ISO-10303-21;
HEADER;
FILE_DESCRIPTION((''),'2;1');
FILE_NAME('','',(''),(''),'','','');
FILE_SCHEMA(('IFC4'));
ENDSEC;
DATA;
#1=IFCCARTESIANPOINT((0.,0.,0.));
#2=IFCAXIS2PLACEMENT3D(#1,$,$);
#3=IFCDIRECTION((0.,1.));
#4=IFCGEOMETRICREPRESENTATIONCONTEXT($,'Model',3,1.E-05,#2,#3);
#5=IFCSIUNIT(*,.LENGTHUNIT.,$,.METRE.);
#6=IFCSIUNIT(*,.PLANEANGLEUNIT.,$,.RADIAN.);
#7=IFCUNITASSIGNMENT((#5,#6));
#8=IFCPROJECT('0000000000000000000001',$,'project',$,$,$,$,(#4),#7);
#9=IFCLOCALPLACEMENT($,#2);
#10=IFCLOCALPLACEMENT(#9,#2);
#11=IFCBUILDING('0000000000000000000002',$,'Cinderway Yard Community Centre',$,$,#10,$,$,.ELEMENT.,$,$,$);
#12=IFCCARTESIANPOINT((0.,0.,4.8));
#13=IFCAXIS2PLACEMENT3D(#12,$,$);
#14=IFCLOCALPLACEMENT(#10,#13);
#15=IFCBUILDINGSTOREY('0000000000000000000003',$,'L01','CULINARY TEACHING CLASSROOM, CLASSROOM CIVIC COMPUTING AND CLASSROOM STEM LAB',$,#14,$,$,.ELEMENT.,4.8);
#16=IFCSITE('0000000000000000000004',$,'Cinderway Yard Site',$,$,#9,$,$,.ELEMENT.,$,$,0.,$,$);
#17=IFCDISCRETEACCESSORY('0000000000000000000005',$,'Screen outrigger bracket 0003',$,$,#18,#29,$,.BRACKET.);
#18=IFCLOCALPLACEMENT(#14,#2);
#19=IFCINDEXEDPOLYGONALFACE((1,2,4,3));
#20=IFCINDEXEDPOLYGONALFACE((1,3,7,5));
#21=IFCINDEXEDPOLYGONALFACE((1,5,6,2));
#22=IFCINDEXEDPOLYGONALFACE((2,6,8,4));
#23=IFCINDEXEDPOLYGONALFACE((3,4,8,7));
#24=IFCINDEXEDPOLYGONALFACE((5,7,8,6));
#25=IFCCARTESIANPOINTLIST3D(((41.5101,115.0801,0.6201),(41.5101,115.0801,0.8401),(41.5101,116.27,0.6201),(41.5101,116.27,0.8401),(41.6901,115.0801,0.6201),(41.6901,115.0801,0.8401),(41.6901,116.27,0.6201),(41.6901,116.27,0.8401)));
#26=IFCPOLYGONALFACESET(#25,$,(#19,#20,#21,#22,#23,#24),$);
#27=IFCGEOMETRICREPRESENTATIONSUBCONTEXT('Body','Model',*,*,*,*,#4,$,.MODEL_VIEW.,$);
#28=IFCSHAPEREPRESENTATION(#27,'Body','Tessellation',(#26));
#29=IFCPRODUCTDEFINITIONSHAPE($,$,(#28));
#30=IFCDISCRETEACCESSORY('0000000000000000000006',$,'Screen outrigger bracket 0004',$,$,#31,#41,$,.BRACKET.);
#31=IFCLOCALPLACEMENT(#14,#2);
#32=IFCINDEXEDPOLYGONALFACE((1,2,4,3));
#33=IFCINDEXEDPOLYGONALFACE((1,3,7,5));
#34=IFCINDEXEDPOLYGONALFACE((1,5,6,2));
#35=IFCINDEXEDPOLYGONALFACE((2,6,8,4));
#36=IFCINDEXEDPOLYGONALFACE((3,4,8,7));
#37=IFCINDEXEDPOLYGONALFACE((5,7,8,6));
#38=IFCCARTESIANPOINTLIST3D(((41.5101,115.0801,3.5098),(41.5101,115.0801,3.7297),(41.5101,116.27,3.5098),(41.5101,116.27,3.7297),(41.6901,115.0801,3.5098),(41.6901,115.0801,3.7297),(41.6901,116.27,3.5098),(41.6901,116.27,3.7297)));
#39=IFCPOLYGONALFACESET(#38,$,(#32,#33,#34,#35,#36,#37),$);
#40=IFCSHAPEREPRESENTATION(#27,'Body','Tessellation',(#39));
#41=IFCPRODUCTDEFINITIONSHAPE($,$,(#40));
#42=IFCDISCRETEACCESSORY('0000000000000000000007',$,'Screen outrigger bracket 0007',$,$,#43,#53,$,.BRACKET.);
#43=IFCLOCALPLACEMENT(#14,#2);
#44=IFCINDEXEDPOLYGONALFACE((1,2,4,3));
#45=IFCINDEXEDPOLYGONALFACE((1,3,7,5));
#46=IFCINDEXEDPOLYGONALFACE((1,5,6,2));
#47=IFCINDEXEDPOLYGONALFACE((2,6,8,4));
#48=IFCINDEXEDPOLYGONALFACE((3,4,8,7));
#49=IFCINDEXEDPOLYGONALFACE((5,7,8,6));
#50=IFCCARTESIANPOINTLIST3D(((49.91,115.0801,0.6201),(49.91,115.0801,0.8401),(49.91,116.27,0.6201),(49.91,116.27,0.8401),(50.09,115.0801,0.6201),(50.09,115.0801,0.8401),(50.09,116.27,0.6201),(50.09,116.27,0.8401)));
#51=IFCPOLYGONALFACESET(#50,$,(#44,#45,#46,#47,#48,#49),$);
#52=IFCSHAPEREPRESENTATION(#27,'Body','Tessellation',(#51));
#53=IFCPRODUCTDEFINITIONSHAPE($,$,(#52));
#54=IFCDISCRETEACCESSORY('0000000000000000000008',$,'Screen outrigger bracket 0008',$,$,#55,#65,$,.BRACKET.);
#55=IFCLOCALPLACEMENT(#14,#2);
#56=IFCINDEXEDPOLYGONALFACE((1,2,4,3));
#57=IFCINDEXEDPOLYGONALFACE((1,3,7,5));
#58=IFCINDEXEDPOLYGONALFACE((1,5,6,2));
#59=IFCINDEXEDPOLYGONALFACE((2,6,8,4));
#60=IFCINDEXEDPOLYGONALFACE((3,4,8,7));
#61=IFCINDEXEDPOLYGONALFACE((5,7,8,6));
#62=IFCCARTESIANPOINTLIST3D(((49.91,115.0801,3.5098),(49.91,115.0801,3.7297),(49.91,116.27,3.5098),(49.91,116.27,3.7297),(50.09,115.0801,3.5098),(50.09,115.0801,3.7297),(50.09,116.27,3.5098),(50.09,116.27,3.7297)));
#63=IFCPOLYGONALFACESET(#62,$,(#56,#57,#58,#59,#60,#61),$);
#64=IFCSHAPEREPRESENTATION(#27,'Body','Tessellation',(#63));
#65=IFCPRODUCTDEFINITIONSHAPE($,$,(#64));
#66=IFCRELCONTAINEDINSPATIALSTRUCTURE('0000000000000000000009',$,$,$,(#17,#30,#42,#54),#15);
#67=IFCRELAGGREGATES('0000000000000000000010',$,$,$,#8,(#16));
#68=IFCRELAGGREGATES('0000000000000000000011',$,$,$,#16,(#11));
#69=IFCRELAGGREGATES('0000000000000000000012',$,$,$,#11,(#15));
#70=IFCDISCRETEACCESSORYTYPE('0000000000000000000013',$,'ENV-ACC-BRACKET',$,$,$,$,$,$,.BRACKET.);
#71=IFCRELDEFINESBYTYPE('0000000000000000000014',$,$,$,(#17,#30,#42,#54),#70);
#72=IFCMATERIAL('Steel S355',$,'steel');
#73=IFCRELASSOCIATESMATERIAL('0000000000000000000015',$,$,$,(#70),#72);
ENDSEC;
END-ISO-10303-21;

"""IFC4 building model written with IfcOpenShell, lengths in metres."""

from ifc_helpers import new_model, si_unit, direction, frame, origin, origin_2d, place, context, subcontext, project, spatial, rectangle, extrude, material, type_object, element, save


model = new_model("IFC4")

# Units and contexts
model_context = context("Model", 3, precision=1e-05, world=origin(), true_north=direction((0.0, 1.0)))
body_context = subcontext(model_context, "Body", "Model", "MODEL_VIEW")
ifc_project = project(units=[si_unit("LENGTHUNIT", "METRE"), si_unit("PLANEANGLEUNIT", "RADIAN")], contexts=[model_context])

# Site, building, storey
site_placement = place(None, origin())
site = spatial("IfcSite", under=ifc_project, at=site_placement, Name="Cinderway Yard Site", CompositionType="ELEMENT", RefElevation=0.0)
building_placement = place(site_placement, origin())
building = spatial("IfcBuilding", under=site, at=building_placement, Name="Cinderway Yard Community Centre", CompositionType="ELEMENT")
storey_placement = place(building_placement, frame((0.0, 0.0, 4.8)))
storey = spatial("IfcBuildingStorey", under=building, at=storey_placement, Name="L01", Description="CULINARY TEACHING CLASSROOM, CLASSROOM CIVIC COMPUTING AND CLASSROOM STEM LAB", CompositionType="ELEMENT", Elevation=4.8)

# Shared definitions
ifc_material_1 = material(Name="Steel S355", Category="steel")

# Discrete accessories
discrete_accessory_type = type_object("IfcDiscreteAccessoryType", Name="ENV-ACC-BRACKET", PredefinedType="BRACKET", material=ifc_material_1)
for number, where, z_axis, x_axis, name in (
    (1, (41.6001, 115.675, 0.6201), (0.0, 0.0, 1.0), (0.0, 1.0, 0.0), "Screen outrigger bracket 0003"),
    (2, (41.6001, 115.675, 3.5098), (0.0, 0.0, 1.0), (0.0, 1.0, 0.0), "Screen outrigger bracket 0004"),
    (3, (50.0, 115.675, 0.6201), (0.0, 0.0, 1.0), (0.0, 1.0, 0.0), "Screen outrigger bracket 0007"),
    (4, (50.0, 115.675, 3.5098), (0.0, 0.0, 1.0), (0.0, 1.0, 0.0), "Screen outrigger bracket 0008"),
):
    element("IfcDiscreteAccessory", number, at=place(storey_placement, frame(where, z_axis=z_axis, x_axis=x_axis)), inside=storey, type_object=discrete_accessory_type, Name=name, PredefinedType="BRACKET", context=body_context, shape_type="SweptSolid", body=[
        extrude(rectangle(XDim=1.1899, YDim=0.1799, at=origin_2d()), origin(), (0.0, 0.0, 1.0), 0.22),
    ])

save(model, "model.ifc")
